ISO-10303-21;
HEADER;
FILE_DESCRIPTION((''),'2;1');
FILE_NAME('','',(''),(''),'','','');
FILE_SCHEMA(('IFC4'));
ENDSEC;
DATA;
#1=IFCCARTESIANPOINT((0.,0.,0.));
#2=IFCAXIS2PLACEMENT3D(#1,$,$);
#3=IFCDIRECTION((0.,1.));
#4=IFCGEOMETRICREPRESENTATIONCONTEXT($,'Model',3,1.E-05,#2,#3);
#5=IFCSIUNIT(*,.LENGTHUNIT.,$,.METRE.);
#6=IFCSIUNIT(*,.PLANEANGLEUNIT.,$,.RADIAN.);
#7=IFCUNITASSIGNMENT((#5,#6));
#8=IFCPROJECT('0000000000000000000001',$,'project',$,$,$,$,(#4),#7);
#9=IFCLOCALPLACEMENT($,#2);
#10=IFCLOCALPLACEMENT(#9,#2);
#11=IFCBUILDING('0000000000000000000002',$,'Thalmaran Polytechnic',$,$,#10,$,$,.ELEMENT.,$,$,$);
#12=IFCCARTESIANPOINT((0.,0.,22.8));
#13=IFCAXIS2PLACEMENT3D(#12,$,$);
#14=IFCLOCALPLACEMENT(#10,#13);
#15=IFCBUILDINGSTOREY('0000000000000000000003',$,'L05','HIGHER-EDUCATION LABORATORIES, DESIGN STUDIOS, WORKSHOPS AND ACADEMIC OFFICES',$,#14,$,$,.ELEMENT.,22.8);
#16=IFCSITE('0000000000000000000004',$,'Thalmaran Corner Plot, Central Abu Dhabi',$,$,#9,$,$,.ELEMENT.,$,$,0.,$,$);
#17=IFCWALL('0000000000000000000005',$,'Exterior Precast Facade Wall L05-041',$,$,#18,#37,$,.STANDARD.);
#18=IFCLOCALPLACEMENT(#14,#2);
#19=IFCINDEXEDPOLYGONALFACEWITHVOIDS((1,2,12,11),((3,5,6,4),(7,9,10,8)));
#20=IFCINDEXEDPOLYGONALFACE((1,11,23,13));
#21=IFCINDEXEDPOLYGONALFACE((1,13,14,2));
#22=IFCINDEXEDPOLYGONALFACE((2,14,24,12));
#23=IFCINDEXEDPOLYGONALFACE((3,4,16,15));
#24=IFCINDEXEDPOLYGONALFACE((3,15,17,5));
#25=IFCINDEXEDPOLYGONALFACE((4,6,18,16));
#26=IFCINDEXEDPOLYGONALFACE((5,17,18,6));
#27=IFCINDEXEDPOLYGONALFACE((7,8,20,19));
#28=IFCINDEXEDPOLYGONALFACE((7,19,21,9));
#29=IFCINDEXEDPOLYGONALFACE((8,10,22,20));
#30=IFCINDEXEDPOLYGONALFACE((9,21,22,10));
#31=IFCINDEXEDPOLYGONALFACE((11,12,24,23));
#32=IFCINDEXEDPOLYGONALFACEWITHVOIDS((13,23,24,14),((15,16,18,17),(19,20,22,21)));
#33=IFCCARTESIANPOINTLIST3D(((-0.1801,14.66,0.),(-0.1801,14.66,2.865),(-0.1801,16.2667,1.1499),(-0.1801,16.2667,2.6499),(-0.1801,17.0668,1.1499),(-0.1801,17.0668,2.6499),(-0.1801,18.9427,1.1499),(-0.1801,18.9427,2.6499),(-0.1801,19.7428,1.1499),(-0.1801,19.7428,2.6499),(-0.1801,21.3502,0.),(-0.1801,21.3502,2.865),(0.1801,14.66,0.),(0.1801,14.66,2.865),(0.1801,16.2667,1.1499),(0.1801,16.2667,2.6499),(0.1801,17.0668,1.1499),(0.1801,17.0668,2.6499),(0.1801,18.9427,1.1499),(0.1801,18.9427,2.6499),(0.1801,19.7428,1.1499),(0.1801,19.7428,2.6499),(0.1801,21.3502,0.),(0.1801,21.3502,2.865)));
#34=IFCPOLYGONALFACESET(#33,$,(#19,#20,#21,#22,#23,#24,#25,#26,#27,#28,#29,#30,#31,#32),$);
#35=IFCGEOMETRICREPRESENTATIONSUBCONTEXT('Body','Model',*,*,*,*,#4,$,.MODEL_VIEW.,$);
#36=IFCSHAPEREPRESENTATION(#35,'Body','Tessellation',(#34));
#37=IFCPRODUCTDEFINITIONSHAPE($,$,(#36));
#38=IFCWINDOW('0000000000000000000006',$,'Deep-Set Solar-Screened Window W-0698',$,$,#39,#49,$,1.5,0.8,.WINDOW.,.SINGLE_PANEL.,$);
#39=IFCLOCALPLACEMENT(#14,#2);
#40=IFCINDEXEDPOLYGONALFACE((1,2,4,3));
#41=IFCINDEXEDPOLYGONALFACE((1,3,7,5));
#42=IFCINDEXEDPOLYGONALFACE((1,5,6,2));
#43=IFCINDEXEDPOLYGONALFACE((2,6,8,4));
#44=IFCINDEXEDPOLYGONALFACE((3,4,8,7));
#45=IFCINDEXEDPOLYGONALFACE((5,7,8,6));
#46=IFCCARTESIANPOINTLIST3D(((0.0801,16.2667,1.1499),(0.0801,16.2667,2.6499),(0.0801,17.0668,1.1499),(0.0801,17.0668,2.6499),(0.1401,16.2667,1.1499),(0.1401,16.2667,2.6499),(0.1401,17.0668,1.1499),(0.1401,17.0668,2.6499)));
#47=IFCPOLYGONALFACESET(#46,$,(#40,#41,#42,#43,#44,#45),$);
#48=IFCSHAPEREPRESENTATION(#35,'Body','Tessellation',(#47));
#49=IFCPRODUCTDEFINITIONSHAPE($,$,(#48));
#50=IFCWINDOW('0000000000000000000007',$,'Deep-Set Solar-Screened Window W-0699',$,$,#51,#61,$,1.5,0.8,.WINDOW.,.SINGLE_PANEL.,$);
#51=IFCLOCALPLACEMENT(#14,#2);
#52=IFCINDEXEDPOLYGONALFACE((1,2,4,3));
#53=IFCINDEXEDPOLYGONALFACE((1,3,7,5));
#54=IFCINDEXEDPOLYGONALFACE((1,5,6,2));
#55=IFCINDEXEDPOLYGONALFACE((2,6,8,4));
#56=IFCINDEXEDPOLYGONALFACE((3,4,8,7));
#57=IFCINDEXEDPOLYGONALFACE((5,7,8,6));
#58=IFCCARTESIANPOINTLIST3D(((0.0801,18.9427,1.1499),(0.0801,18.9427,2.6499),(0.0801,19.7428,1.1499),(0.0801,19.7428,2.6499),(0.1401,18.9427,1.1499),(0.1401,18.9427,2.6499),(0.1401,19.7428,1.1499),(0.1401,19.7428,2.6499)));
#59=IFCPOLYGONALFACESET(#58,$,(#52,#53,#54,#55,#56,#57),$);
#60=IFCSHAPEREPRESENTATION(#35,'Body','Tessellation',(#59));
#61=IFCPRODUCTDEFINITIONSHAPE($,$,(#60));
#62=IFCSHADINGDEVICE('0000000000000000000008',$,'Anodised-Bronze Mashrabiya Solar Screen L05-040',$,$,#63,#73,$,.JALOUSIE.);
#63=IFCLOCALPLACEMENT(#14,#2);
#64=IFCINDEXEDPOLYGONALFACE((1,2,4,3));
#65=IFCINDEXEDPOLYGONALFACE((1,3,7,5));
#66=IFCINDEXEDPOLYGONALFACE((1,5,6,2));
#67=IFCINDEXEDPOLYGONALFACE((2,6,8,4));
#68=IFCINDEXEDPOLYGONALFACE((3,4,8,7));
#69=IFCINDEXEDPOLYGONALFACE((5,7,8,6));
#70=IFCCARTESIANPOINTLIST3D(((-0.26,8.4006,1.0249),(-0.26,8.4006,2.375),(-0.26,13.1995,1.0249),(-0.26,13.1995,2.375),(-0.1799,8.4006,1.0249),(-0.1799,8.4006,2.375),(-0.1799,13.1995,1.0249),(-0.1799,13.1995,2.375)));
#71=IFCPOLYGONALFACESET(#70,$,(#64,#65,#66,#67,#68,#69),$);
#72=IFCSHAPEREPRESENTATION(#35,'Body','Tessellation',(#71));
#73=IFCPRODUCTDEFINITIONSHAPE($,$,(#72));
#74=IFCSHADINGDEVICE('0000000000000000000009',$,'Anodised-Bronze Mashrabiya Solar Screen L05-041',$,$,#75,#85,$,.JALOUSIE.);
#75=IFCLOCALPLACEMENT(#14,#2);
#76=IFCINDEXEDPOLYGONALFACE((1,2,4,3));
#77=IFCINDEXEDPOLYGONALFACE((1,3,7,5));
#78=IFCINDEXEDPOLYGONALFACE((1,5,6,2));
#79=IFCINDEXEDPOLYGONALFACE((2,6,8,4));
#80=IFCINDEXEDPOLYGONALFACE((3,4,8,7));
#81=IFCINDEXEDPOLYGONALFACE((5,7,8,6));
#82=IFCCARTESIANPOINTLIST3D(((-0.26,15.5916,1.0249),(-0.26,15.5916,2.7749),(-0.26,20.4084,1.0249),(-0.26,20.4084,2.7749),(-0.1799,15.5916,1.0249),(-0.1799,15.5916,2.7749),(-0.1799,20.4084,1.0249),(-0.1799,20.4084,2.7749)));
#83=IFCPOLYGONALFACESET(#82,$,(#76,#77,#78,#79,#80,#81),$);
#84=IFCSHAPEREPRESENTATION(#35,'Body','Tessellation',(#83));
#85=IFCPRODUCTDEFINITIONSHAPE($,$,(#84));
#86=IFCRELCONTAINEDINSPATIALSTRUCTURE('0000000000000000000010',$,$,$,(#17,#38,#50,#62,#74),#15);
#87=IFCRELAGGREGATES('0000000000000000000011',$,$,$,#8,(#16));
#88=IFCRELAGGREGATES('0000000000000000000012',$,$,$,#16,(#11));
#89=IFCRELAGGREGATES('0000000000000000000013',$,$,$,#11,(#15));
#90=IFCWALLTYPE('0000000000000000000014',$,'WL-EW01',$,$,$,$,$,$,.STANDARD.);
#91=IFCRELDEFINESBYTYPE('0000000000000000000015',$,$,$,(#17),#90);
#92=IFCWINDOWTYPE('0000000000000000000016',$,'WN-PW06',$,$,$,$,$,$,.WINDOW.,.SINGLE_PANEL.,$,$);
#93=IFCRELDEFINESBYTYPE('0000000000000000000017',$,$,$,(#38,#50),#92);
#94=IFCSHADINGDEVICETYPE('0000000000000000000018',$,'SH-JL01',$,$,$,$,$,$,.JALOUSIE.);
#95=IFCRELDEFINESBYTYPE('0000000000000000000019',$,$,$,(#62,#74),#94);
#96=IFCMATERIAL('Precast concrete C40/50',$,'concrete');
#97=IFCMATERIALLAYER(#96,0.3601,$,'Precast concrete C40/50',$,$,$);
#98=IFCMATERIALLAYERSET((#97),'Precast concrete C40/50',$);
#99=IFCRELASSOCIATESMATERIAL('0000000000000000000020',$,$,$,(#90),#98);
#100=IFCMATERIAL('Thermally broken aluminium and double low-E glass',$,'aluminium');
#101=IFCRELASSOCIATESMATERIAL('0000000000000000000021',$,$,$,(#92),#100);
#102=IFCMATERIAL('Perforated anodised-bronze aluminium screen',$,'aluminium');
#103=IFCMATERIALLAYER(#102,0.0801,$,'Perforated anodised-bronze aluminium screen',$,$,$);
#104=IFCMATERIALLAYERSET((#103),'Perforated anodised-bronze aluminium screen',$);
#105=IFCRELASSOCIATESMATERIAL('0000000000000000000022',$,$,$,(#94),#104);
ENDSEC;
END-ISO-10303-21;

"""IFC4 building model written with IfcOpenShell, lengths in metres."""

from ifc_helpers import new_model, si_unit, direction, frame, frame_2d, origin, origin_2d, place, context, subcontext, project, spatial, rectangle, extrude, material, layer, layer_set, type_object, element, fill, save


model = new_model("IFC4")

# Units and contexts
model_context = context("Model", 3, precision=1e-05, world=origin(), true_north=direction((0.0, 1.0)))
body_context = subcontext(model_context, "Body", "Model", "MODEL_VIEW")
ifc_project = project(units=[si_unit("LENGTHUNIT", "METRE"), si_unit("PLANEANGLEUNIT", "RADIAN")], contexts=[model_context])

# Site, building, storey
site_placement = place(None, origin())
site = spatial("IfcSite", under=ifc_project, at=site_placement, Name="Thalmaran Corner Plot, Central Abu Dhabi", CompositionType="ELEMENT", RefElevation=0.0)
building_placement = place(site_placement, origin())
building = spatial("IfcBuilding", under=site, at=building_placement, Name="Thalmaran Polytechnic", CompositionType="ELEMENT")
storey_placement = place(building_placement, frame((0.0, 0.0, 22.8)))
storey = spatial("IfcBuildingStorey", under=building, at=storey_placement, Name="L05", Description="HIGHER-EDUCATION LABORATORIES, DESIGN STUDIOS, WORKSHOPS AND ACADEMIC OFFICES", CompositionType="ELEMENT", Elevation=22.8)

# Wall, openings, windows
ifc_material_1 = material(Name="Precast concrete C40/50", Category="concrete")
ifc_layer_1 = layer(ifc_material_1, 0.3601, Name="Precast concrete C40/50")
ifc_layer_set_1 = layer_set([ifc_layer_1], Name="Precast concrete C40/50")
wall_type = type_object("IfcWallType", Name="WL-EW01", PredefinedType="STANDARD", material=ifc_layer_set_1)
ifc_material_2 = material(Name="Thermally broken aluminium and double low-E glass", Category="aluminium")
wall_1_placement = place(storey_placement, frame((0.0, 14.6599, 0.0), z_axis=(0.0, 0.0, 1.0), x_axis=(0.0, 1.0, 0.0)))
wall_1 = element("IfcWall", 1, at=wall_1_placement, inside=storey, type_object=wall_type, Name="Exterior Precast Facade Wall L05-041", PredefinedType="STANDARD", context=body_context, shape_type="SweptSolid", body=[
    extrude(rectangle(XDim=6.6902, YDim=0.3601, at=frame_2d((3.3452, 0.0))), origin(), (0.0, 0.0, 1.0), 2.865),
])
opening_1_placement = place(wall_1_placement, frame((1.6069, 0.0, 1.1499)))
opening_1 = element("IfcOpeningElement", 2, at=opening_1_placement, cuts=wall_1, PredefinedType="OPENING", context=body_context, shape_type="SweptSolid", body=[
    extrude(rectangle(XDim=0.8, YDim=1.5, at=frame_2d((0.3999, 0.75))), frame((0.0, 0.1899, 0.0), z_axis=(0.0, -1.0, 0.0), x_axis=(1.0, 0.0, 0.0)), (0.0, 0.0, 1.0), 0.3801),
])
opening_2_placement = place(wall_1_placement, frame((4.283, 0.0, 1.1499)))
opening_2 = element("IfcOpeningElement", 3, at=opening_2_placement, cuts=wall_1, PredefinedType="OPENING", context=body_context, shape_type="SweptSolid", body=[
    extrude(rectangle(XDim=0.8, YDim=1.5, at=frame_2d((0.3999, 0.75))), frame((0.0, 0.1899, 0.0), z_axis=(0.0, -1.0, 0.0), x_axis=(1.0, 0.0, 0.0)), (0.0, 0.0, 1.0), 0.3801),
])
window_type_1 = type_object("IfcWindowType", Name="WN-PW06", PartitioningType="SINGLE_PANEL", PredefinedType="WINDOW", material=ifc_material_2)
window_1_placement = place(opening_1_placement, origin())
window_1 = element("IfcWindow", 4, at=window_1_placement, inside=storey, type_object=window_type_1, Name="Deep-Set Solar-Screened Window W-0698", OverallHeight=1.5, OverallWidth=0.8, PartitioningType="SINGLE_PANEL", PredefinedType="WINDOW", context=body_context, shape_type="SweptSolid", body=[
    extrude(rectangle(XDim=0.8, YDim=1.5, at=frame_2d((0.3999, 0.75))), frame((0.0, -0.0801, 0.0), z_axis=(0.0, -1.0, 0.0), x_axis=(1.0, 0.0, 0.0)), (0.0, 0.0, 1.0), 0.0601),
])
fill(opening_1, window_1)
window_2_placement = place(opening_2_placement, origin())
window_2 = element("IfcWindow", 5, at=window_2_placement, inside=storey, type_object=window_type_1, Name="Deep-Set Solar-Screened Window W-0699", OverallHeight=1.5, OverallWidth=0.8, PartitioningType="SINGLE_PANEL", PredefinedType="WINDOW", context=body_context, shape_type="SweptSolid", body=[
    extrude(rectangle(XDim=0.8, YDim=1.5, at=frame_2d((0.3999, 0.75))), frame((0.0, -0.0801, 0.0), z_axis=(0.0, -1.0, 0.0), x_axis=(1.0, 0.0, 0.0)), (0.0, 0.0, 1.0), 0.0601),
])
fill(opening_2, window_2)

# Shading devices
ifc_material_3 = material(Name="Perforated anodised-bronze aluminium screen", Category="aluminium")
ifc_layer_2 = layer(ifc_material_3, 0.0801, Name="Perforated anodised-bronze aluminium screen")
ifc_layer_set_2 = layer_set([ifc_layer_2], Name="Perforated anodised-bronze aluminium screen")
shading_device_type = type_object("IfcShadingDeviceType", Name="SH-JL01", PredefinedType="JALOUSIE", material=ifc_layer_set_2)
shading_device_1_placement = place(storey_placement, frame((-0.22, 10.8, 1.0249), z_axis=(0.0, 0.0, 1.0), x_axis=(0.0, 1.0, 0.0)))
element("IfcShadingDevice", 6, at=shading_device_1_placement, inside=storey, type_object=shading_device_type, Name="Anodised-Bronze Mashrabiya Solar Screen L05-040", PredefinedType="JALOUSIE", context=body_context, shape_type="SweptSolid", body=[
    extrude(rectangle(XDim=4.7988, YDim=0.0801, at=origin_2d()), origin(), (0.0, 0.0, 1.0), 1.3501),
])
shading_device_2_placement = place(storey_placement, frame((-0.22, 18.0, 1.0249), z_axis=(0.0, 0.0, 1.0), x_axis=(0.0, 1.0, 0.0)))
element("IfcShadingDevice", 7, at=shading_device_2_placement, inside=storey, type_object=shading_device_type, Name="Anodised-Bronze Mashrabiya Solar Screen L05-041", PredefinedType="JALOUSIE", context=body_context, shape_type="SweptSolid", body=[
    extrude(rectangle(XDim=4.8169, YDim=0.0801, at=origin_2d()), origin(), (0.0, 0.0, 1.0), 1.75),
])

save(model, "model.ifc")
